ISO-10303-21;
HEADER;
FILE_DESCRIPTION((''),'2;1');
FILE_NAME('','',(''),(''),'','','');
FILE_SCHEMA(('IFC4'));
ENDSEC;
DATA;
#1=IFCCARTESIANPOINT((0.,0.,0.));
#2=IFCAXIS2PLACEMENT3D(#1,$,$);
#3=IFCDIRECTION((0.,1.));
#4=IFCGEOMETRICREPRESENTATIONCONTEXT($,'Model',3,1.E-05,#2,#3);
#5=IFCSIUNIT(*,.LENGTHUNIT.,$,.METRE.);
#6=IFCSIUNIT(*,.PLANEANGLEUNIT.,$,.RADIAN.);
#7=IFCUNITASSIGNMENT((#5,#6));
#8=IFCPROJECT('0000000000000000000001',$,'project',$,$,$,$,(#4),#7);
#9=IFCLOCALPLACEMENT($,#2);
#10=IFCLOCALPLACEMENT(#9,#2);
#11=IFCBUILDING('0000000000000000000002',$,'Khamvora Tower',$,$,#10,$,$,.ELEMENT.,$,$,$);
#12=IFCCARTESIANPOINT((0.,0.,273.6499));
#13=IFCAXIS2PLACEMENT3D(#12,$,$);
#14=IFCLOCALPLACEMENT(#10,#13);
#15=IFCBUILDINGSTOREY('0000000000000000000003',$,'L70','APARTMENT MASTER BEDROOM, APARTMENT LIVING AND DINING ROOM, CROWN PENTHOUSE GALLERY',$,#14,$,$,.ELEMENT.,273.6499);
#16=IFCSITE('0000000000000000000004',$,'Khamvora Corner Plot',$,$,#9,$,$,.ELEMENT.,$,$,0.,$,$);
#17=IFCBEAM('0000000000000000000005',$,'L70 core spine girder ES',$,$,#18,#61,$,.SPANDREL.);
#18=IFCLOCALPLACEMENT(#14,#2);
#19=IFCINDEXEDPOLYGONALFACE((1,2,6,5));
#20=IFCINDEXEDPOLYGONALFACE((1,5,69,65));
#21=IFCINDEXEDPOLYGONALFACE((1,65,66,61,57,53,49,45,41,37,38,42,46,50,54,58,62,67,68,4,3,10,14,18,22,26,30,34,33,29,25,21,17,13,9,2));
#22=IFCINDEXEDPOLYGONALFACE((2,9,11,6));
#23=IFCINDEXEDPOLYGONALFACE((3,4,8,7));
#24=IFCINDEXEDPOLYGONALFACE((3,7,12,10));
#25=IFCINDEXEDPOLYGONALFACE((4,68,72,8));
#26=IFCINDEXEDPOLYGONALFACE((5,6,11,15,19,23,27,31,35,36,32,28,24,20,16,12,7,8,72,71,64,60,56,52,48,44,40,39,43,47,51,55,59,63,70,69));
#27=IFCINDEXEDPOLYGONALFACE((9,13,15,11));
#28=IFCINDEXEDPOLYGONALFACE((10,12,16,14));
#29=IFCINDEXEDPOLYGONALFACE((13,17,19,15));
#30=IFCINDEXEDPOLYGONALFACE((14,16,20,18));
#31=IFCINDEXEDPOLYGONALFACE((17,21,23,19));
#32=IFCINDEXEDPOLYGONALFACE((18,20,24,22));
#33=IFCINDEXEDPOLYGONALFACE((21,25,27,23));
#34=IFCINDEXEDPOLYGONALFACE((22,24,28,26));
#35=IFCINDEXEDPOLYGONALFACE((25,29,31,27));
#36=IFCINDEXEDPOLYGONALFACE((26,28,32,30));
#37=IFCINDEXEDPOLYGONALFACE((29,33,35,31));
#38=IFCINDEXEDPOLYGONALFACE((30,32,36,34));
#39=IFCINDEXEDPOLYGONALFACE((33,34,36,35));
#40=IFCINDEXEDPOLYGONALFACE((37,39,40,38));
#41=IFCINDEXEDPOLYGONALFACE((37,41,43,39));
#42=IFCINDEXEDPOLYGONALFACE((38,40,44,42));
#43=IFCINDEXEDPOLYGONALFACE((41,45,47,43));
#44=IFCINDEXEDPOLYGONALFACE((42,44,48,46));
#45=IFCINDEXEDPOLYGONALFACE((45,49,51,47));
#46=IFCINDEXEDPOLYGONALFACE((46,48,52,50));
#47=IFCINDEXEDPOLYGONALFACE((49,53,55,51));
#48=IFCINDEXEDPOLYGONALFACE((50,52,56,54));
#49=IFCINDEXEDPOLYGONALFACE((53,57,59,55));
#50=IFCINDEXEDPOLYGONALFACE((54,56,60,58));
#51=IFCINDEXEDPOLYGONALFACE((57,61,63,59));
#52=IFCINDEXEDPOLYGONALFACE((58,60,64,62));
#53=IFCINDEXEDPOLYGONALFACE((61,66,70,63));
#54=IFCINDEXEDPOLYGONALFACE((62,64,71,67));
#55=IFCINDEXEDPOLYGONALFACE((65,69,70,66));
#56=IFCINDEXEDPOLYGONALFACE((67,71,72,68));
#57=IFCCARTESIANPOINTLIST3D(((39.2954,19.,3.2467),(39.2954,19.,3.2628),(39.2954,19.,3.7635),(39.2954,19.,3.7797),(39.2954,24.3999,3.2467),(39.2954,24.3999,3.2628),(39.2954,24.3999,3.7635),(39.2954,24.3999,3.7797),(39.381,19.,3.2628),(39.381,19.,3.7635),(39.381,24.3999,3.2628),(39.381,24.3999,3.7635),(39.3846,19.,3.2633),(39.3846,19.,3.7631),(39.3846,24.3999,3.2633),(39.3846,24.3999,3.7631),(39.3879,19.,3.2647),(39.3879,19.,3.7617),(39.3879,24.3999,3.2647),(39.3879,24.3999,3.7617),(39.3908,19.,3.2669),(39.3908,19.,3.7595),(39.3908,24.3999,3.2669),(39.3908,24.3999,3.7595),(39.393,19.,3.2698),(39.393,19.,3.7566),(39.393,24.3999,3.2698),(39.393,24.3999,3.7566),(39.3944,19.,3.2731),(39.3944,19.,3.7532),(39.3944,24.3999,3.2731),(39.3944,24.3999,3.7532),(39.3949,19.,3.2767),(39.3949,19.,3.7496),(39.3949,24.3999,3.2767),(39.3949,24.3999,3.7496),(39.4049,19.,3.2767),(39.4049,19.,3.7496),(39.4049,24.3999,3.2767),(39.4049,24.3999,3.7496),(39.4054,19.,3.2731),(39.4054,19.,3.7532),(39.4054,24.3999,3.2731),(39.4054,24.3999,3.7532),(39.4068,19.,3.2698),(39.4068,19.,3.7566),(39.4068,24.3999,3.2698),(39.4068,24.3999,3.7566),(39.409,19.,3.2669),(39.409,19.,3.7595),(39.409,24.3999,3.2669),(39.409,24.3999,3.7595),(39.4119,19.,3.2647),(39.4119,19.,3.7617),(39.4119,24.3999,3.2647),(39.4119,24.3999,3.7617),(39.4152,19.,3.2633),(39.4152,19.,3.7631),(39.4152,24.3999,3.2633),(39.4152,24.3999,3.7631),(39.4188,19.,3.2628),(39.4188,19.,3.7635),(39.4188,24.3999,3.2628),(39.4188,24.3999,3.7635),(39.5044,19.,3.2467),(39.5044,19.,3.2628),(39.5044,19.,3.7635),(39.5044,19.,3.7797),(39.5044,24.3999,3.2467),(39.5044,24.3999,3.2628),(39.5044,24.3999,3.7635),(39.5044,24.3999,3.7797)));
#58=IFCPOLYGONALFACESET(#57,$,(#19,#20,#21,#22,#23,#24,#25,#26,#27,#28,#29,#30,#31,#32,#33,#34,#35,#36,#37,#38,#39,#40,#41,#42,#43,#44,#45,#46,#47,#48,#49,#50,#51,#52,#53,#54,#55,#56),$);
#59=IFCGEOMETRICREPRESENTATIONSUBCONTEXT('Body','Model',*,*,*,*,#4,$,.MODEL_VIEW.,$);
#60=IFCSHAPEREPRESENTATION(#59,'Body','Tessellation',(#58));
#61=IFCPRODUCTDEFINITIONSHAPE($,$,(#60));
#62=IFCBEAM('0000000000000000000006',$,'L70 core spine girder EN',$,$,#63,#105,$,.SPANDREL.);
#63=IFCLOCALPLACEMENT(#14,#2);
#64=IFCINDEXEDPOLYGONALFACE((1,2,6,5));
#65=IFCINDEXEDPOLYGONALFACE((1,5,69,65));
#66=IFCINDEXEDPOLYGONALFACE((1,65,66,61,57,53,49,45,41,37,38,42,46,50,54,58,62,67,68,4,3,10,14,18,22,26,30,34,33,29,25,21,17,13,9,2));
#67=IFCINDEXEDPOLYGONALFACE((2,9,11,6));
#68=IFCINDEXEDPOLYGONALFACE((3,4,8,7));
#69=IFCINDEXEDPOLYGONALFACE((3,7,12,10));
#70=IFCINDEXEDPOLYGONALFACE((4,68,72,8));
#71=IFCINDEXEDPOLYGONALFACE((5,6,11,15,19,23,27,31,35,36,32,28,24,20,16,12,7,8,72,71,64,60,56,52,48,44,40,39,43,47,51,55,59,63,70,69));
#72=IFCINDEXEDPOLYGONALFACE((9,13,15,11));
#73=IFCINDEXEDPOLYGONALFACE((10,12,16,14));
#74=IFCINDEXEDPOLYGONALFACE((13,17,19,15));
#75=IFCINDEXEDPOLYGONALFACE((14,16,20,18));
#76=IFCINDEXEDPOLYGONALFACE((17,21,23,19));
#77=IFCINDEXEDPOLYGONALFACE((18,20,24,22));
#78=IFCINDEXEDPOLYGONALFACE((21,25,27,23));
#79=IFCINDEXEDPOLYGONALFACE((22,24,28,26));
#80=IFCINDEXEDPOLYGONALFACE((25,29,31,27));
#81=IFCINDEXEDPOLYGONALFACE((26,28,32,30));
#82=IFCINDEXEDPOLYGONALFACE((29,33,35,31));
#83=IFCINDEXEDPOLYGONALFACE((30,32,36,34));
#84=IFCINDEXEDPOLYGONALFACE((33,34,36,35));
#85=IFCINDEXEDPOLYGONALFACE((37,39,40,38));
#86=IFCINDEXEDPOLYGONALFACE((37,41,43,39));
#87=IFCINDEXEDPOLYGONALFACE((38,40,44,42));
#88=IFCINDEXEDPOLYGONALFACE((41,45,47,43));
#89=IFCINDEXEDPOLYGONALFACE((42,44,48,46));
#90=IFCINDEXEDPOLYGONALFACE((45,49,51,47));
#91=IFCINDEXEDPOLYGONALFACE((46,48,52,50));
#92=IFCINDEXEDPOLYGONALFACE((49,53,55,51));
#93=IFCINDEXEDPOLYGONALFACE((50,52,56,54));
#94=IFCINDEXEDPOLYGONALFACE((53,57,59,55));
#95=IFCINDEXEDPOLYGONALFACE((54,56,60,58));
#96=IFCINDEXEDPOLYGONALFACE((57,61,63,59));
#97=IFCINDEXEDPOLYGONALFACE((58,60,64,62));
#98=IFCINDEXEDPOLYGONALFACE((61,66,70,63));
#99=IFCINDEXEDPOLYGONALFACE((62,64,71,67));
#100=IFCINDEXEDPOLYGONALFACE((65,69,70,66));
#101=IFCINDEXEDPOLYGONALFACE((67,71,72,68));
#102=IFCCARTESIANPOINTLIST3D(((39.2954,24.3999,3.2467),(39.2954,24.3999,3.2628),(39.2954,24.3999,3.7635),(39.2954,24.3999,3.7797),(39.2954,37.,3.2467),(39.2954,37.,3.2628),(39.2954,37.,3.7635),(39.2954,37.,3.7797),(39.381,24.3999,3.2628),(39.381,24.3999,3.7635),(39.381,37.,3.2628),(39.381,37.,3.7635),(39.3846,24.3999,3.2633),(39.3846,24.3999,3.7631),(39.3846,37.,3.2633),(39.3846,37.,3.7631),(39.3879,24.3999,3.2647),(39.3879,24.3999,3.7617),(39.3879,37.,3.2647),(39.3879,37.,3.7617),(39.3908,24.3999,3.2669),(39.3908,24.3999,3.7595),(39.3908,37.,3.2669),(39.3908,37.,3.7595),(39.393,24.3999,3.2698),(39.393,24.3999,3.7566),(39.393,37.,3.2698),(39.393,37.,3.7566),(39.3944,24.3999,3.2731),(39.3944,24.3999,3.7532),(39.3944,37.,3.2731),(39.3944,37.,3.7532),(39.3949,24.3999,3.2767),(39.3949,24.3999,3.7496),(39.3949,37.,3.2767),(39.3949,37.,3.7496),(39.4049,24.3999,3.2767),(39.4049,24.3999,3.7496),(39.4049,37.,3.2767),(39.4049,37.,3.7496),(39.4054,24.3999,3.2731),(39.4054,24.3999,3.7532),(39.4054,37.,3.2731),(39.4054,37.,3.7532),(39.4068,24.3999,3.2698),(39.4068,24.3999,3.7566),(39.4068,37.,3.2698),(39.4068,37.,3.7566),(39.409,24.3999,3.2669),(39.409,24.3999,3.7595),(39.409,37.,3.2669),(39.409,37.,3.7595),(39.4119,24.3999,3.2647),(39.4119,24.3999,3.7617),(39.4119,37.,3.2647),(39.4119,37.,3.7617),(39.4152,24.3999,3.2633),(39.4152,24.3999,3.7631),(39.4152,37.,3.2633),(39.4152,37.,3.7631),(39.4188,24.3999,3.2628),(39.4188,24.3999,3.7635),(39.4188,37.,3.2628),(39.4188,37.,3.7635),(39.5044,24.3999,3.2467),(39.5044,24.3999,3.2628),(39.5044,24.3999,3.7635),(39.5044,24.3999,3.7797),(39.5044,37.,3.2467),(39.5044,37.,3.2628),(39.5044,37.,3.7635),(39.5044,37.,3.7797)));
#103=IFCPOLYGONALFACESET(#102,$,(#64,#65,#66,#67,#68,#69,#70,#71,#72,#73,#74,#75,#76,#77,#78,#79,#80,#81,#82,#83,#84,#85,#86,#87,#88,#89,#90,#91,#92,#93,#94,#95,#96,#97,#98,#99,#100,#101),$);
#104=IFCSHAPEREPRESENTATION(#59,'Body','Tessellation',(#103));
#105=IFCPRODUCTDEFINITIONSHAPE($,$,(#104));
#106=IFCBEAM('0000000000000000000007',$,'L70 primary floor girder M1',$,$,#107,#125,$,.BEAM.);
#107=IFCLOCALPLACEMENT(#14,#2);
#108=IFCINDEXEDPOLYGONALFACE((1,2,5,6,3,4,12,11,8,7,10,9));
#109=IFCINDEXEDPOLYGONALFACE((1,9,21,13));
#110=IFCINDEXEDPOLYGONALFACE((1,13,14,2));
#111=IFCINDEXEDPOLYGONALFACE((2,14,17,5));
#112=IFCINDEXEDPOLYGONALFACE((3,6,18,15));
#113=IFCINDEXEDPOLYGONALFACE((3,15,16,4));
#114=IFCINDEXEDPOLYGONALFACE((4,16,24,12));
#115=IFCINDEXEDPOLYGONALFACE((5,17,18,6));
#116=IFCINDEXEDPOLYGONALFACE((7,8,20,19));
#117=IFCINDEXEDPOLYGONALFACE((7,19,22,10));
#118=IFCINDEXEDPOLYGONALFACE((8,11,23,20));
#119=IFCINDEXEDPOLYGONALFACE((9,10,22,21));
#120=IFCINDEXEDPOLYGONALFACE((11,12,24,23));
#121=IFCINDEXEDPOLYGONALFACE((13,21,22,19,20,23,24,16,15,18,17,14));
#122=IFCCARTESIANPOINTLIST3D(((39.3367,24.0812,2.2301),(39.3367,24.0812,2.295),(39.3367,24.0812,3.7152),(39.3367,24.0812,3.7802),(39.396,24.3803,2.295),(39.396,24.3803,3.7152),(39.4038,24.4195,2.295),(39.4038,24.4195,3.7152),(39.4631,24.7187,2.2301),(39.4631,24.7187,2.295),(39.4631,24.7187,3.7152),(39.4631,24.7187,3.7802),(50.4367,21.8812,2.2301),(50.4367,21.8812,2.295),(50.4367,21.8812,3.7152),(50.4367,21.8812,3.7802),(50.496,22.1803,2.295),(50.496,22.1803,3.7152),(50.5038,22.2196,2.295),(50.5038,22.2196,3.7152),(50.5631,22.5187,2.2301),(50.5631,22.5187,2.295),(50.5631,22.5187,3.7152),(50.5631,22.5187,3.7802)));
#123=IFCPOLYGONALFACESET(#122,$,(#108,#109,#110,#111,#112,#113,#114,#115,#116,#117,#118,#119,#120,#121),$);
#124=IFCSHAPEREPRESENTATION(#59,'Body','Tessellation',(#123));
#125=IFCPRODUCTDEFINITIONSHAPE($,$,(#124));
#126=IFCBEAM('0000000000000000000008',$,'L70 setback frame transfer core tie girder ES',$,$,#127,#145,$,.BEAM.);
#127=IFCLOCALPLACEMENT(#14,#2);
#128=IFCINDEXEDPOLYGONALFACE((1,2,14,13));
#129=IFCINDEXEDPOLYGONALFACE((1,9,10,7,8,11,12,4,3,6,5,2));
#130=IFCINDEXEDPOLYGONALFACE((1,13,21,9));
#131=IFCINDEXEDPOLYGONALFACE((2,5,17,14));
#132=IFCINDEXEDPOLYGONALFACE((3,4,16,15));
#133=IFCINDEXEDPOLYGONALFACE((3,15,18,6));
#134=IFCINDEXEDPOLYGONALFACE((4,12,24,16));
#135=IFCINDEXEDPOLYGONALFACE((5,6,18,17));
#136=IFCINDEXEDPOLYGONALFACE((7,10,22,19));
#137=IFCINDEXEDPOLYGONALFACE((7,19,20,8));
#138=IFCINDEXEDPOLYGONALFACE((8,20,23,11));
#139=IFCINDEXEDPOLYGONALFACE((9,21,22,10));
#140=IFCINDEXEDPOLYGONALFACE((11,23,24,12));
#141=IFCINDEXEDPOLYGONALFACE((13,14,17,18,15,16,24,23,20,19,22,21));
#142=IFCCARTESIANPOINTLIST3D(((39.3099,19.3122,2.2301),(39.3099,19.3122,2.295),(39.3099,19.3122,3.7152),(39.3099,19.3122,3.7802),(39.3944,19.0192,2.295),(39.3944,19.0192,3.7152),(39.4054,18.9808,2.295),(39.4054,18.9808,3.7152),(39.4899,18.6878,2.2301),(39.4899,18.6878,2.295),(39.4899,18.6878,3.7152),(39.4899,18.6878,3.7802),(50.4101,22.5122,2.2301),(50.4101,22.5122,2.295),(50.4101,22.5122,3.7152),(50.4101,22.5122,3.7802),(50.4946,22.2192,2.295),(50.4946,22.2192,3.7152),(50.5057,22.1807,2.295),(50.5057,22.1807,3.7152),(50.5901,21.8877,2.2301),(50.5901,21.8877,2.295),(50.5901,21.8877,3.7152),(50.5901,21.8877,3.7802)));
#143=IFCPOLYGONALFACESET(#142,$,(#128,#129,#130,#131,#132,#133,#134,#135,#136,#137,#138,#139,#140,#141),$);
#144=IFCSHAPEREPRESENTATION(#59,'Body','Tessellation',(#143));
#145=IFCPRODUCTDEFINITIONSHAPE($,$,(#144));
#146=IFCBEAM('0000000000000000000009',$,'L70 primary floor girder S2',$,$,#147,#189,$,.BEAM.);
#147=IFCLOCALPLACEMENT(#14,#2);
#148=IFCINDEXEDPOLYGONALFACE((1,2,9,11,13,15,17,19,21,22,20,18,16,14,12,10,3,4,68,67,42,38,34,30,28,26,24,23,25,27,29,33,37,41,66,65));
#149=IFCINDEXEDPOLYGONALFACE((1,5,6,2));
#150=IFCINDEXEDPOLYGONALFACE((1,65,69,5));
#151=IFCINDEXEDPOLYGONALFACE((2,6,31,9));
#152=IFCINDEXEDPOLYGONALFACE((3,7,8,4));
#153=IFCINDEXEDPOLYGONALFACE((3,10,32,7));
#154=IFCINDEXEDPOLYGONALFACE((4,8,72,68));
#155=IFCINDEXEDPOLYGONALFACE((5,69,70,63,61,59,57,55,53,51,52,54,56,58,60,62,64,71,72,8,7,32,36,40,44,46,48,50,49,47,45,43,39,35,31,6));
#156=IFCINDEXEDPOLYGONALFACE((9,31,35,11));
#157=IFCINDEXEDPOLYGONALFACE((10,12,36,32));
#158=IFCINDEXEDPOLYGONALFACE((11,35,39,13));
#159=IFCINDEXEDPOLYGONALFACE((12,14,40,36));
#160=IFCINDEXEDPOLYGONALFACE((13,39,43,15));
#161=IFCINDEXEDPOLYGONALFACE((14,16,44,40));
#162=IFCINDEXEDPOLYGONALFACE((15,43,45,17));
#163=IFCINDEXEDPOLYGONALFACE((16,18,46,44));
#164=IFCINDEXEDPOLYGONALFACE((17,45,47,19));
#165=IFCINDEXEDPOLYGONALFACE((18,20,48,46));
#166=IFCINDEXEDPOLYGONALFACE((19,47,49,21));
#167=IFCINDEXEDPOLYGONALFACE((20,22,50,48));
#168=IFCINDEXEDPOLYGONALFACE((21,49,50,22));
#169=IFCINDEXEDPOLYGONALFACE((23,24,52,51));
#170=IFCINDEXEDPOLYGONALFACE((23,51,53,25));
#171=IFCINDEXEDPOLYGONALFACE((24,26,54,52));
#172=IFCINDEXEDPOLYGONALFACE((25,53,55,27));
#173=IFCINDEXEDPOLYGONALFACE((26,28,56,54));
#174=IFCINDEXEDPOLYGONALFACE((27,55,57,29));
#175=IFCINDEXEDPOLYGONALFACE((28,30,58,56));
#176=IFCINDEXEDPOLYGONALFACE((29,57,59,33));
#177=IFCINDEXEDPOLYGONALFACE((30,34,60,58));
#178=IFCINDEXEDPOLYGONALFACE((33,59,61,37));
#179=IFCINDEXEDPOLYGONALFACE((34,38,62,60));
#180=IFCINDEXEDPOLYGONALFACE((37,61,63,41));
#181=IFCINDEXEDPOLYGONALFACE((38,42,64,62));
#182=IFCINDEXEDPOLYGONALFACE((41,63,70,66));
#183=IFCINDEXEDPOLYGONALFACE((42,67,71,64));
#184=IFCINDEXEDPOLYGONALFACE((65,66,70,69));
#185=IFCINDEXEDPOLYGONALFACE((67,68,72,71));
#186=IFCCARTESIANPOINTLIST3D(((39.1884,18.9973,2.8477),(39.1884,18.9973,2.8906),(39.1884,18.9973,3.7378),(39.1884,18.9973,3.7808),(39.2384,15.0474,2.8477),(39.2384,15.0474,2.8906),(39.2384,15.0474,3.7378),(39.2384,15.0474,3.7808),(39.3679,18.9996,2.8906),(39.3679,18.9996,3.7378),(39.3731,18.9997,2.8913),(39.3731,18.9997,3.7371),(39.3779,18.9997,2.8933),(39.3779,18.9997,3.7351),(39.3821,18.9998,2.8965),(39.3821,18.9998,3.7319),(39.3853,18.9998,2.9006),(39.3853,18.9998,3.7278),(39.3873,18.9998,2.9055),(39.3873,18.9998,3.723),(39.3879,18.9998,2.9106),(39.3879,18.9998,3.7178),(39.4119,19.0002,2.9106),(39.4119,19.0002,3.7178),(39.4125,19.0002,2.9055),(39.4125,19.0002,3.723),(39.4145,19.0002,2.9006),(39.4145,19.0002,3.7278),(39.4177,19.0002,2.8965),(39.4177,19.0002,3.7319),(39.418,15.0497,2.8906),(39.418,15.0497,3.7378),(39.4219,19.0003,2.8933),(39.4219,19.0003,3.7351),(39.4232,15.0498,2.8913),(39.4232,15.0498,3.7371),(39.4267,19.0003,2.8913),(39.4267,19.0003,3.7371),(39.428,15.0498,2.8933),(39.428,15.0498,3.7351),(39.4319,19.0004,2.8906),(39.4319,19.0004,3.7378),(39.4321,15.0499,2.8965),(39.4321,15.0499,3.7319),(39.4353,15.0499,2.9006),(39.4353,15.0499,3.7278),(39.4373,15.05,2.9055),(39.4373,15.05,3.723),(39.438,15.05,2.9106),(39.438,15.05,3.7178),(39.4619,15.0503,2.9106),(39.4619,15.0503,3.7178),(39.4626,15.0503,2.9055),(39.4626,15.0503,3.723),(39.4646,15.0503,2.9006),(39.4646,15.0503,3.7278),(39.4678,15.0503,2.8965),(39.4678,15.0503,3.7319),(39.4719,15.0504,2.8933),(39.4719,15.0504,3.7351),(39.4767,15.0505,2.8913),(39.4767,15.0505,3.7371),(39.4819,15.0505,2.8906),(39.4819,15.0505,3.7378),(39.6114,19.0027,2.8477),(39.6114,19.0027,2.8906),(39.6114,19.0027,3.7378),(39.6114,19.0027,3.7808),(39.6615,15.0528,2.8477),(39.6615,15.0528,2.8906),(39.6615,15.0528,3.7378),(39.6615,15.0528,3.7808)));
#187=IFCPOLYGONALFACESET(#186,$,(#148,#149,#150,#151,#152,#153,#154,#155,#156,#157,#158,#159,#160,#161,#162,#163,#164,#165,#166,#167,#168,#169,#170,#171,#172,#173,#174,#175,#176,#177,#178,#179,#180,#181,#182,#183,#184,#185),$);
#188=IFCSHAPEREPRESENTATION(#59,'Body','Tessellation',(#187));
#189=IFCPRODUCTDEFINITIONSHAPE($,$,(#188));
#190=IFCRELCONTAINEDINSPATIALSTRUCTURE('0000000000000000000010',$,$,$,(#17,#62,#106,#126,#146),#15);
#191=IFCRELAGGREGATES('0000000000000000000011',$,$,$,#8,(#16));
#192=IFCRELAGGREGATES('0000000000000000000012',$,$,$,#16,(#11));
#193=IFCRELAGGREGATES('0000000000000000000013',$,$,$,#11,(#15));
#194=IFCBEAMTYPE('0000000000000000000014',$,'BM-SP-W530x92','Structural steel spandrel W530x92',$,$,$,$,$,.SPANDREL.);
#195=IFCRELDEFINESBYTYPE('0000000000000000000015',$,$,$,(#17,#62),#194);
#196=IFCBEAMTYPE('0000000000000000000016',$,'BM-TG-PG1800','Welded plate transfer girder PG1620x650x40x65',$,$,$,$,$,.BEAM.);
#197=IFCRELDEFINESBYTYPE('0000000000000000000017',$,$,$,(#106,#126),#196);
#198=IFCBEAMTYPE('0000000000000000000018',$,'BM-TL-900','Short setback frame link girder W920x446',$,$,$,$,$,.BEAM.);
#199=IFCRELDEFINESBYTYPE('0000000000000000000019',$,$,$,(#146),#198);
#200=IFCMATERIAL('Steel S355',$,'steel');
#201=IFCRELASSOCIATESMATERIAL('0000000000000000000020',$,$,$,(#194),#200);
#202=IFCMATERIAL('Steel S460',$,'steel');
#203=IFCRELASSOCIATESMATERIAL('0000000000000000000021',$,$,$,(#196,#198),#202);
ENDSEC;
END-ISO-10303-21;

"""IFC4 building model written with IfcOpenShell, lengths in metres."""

from ifc_helpers import new_model, si_unit, direction, frame, origin, origin_2d, place, context, subcontext, project, spatial, i_section, extrude, material, material_profile, profile_set, type_object, element, save


model = new_model("IFC4")

# Units and contexts
model_context = context("Model", 3, precision=1e-05, world=origin(), true_north=direction((0.0, 1.0)))
body_context = subcontext(model_context, "Body", "Model", "MODEL_VIEW")
ifc_project = project(units=[si_unit("LENGTHUNIT", "METRE"), si_unit("PLANEANGLEUNIT", "RADIAN")], contexts=[model_context])

# Site, building, storey
site_placement = place(None, origin())
site = spatial("IfcSite", under=ifc_project, at=site_placement, Name="Khamvora Corner Plot", CompositionType="ELEMENT", RefElevation=0.0)
building_placement = place(site_placement, origin())
building = spatial("IfcBuilding", under=site, at=building_placement, Name="Khamvora Tower", CompositionType="ELEMENT")
storey_placement = place(building_placement, frame((0.0, 0.0, 273.6499)))
storey = spatial("IfcBuildingStorey", under=building, at=storey_placement, Name="L70", Description="APARTMENT MASTER BEDROOM, APARTMENT LIVING AND DINING ROOM, CROWN PENTHOUSE GALLERY", CompositionType="ELEMENT", Elevation=273.6499)

# Beams
ifc_material_1 = material(Name="Steel S355", Category="steel")
ifc_material_profile_1 = material_profile(ifc_material_1, i_section(OverallWidth=0.209, OverallDepth=0.533, WebThickness=0.01, FlangeThickness=0.0161, FilletRadius=0.0139, at=origin_2d()), Name="W530x92")
ifc_profile_set_1 = profile_set([ifc_material_profile_1], Name="Steel S355")
beam_type_1 = type_object("IfcBeamType", Name="BM-SP-W530x92", Description="Structural steel spandrel W530x92", PredefinedType="SPANDREL", material=ifc_profile_set_1)
beam_1_placement = place(storey_placement, frame((39.3999, 19.0, 3.5132), z_axis=(0.0, 1.0, 0.0), x_axis=(-1.0, 0.0, 0.0)))
element("IfcBeam", 1, at=beam_1_placement, inside=storey, type_object=beam_type_1, Name="L70 core spine girder ES", PredefinedType="SPANDREL", context=body_context, shape_type="SweptSolid", body=[
    extrude(i_section(OverallWidth=0.209, OverallDepth=0.533, WebThickness=0.01, FlangeThickness=0.0161, FilletRadius=0.0139, at=origin_2d()), origin(), (0.0, 0.0, 1.0), 5.3999),
])
beam_2_placement = place(storey_placement, frame((39.3999, 24.3999, 3.5132), z_axis=(0.0, 1.0, 0.0), x_axis=(-1.0, 0.0, 0.0)))
element("IfcBeam", 2, at=beam_2_placement, inside=storey, type_object=beam_type_1, Name="L70 core spine girder EN", PredefinedType="SPANDREL", context=body_context, shape_type="SweptSolid", body=[
    extrude(i_section(OverallWidth=0.209, OverallDepth=0.533, WebThickness=0.01, FlangeThickness=0.0161, FilletRadius=0.0139, at=origin_2d()), origin(), (0.0, 0.0, 1.0), 12.6001),
])
ifc_material_2 = material(Name="Steel S460", Category="steel")
ifc_material_profile_2 = material_profile(ifc_material_2, i_section(OverallWidth=0.6499, OverallDepth=1.55, WebThickness=0.04, FlangeThickness=0.0649, at=origin_2d()), Name="PG1550x650x40x65")
ifc_profile_set_2 = profile_set([ifc_material_profile_2], Name="Steel S460")
beam_type_2 = type_object("IfcBeamType", Name="BM-TG-PG1800", Description="Welded plate transfer girder PG1620x650x40x65", PredefinedType="BEAM", material=ifc_profile_set_2)
beam_3_placement = place(storey_placement, frame((39.3999, 24.3999, 3.0051), z_axis=(0.98092, -0.194411, 0.0), x_axis=(0.194411, 0.98092, 0.0)))
element("IfcBeam", 3, at=beam_3_placement, inside=storey, type_object=beam_type_2, Name="L70 primary floor girder M1", PredefinedType="BEAM", context=body_context, shape_type="SweptSolid", body=[
    extrude(i_section(OverallWidth=0.6499, OverallDepth=1.55, WebThickness=0.04, FlangeThickness=0.0649, at=origin_2d()), origin(), (0.0, 0.0, 1.0), 11.3159),
])
beam_4_placement = place(storey_placement, frame((39.3999, 19.0, 3.0051), z_axis=(0.96087, 0.277001, 0.0), x_axis=(-0.277001, 0.96087, 0.0)))
element("IfcBeam", 4, at=beam_4_placement, inside=storey, type_object=beam_type_2, Name="L70 setback frame transfer core tie girder ES", PredefinedType="BEAM", context=body_context, shape_type="SweptSolid", body=[
    extrude(i_section(OverallWidth=0.6499, OverallDepth=1.55, WebThickness=0.04, FlangeThickness=0.0649, at=origin_2d()), origin(), (0.0, 0.0, 1.0), 11.5522),
])
ifc_material_profile_3 = material_profile(ifc_material_2, i_section(OverallWidth=0.4231, OverallDepth=0.9331, WebThickness=0.0239, FlangeThickness=0.043, FilletRadius=0.02, at=origin_2d()), Name="W920x446")
ifc_profile_set_3 = profile_set([ifc_material_profile_3], Name="Steel S460")
beam_type_3 = type_object("IfcBeamType", Name="BM-TL-900", Description="Short setback frame link girder W920x446", PredefinedType="BEAM", material=ifc_profile_set_3)
beam_5_placement = place(storey_placement, frame((39.3999, 19.0, 3.3142), z_axis=(0.01267, -0.99992, 0.0), x_axis=(0.99992, 0.01267, 0.0)))
element("IfcBeam", 5, at=beam_5_placement, inside=storey, type_object=beam_type_3, Name="L70 primary floor girder S2", PredefinedType="BEAM", context=body_context, shape_type="SweptSolid", body=[
    extrude(i_section(OverallWidth=0.4231, OverallDepth=0.9331, WebThickness=0.0239, FlangeThickness=0.043, FilletRadius=0.02, at=origin_2d()), origin(), (0.0, 0.0, 1.0), 3.9502),
])

save(model, "model.ifc")
